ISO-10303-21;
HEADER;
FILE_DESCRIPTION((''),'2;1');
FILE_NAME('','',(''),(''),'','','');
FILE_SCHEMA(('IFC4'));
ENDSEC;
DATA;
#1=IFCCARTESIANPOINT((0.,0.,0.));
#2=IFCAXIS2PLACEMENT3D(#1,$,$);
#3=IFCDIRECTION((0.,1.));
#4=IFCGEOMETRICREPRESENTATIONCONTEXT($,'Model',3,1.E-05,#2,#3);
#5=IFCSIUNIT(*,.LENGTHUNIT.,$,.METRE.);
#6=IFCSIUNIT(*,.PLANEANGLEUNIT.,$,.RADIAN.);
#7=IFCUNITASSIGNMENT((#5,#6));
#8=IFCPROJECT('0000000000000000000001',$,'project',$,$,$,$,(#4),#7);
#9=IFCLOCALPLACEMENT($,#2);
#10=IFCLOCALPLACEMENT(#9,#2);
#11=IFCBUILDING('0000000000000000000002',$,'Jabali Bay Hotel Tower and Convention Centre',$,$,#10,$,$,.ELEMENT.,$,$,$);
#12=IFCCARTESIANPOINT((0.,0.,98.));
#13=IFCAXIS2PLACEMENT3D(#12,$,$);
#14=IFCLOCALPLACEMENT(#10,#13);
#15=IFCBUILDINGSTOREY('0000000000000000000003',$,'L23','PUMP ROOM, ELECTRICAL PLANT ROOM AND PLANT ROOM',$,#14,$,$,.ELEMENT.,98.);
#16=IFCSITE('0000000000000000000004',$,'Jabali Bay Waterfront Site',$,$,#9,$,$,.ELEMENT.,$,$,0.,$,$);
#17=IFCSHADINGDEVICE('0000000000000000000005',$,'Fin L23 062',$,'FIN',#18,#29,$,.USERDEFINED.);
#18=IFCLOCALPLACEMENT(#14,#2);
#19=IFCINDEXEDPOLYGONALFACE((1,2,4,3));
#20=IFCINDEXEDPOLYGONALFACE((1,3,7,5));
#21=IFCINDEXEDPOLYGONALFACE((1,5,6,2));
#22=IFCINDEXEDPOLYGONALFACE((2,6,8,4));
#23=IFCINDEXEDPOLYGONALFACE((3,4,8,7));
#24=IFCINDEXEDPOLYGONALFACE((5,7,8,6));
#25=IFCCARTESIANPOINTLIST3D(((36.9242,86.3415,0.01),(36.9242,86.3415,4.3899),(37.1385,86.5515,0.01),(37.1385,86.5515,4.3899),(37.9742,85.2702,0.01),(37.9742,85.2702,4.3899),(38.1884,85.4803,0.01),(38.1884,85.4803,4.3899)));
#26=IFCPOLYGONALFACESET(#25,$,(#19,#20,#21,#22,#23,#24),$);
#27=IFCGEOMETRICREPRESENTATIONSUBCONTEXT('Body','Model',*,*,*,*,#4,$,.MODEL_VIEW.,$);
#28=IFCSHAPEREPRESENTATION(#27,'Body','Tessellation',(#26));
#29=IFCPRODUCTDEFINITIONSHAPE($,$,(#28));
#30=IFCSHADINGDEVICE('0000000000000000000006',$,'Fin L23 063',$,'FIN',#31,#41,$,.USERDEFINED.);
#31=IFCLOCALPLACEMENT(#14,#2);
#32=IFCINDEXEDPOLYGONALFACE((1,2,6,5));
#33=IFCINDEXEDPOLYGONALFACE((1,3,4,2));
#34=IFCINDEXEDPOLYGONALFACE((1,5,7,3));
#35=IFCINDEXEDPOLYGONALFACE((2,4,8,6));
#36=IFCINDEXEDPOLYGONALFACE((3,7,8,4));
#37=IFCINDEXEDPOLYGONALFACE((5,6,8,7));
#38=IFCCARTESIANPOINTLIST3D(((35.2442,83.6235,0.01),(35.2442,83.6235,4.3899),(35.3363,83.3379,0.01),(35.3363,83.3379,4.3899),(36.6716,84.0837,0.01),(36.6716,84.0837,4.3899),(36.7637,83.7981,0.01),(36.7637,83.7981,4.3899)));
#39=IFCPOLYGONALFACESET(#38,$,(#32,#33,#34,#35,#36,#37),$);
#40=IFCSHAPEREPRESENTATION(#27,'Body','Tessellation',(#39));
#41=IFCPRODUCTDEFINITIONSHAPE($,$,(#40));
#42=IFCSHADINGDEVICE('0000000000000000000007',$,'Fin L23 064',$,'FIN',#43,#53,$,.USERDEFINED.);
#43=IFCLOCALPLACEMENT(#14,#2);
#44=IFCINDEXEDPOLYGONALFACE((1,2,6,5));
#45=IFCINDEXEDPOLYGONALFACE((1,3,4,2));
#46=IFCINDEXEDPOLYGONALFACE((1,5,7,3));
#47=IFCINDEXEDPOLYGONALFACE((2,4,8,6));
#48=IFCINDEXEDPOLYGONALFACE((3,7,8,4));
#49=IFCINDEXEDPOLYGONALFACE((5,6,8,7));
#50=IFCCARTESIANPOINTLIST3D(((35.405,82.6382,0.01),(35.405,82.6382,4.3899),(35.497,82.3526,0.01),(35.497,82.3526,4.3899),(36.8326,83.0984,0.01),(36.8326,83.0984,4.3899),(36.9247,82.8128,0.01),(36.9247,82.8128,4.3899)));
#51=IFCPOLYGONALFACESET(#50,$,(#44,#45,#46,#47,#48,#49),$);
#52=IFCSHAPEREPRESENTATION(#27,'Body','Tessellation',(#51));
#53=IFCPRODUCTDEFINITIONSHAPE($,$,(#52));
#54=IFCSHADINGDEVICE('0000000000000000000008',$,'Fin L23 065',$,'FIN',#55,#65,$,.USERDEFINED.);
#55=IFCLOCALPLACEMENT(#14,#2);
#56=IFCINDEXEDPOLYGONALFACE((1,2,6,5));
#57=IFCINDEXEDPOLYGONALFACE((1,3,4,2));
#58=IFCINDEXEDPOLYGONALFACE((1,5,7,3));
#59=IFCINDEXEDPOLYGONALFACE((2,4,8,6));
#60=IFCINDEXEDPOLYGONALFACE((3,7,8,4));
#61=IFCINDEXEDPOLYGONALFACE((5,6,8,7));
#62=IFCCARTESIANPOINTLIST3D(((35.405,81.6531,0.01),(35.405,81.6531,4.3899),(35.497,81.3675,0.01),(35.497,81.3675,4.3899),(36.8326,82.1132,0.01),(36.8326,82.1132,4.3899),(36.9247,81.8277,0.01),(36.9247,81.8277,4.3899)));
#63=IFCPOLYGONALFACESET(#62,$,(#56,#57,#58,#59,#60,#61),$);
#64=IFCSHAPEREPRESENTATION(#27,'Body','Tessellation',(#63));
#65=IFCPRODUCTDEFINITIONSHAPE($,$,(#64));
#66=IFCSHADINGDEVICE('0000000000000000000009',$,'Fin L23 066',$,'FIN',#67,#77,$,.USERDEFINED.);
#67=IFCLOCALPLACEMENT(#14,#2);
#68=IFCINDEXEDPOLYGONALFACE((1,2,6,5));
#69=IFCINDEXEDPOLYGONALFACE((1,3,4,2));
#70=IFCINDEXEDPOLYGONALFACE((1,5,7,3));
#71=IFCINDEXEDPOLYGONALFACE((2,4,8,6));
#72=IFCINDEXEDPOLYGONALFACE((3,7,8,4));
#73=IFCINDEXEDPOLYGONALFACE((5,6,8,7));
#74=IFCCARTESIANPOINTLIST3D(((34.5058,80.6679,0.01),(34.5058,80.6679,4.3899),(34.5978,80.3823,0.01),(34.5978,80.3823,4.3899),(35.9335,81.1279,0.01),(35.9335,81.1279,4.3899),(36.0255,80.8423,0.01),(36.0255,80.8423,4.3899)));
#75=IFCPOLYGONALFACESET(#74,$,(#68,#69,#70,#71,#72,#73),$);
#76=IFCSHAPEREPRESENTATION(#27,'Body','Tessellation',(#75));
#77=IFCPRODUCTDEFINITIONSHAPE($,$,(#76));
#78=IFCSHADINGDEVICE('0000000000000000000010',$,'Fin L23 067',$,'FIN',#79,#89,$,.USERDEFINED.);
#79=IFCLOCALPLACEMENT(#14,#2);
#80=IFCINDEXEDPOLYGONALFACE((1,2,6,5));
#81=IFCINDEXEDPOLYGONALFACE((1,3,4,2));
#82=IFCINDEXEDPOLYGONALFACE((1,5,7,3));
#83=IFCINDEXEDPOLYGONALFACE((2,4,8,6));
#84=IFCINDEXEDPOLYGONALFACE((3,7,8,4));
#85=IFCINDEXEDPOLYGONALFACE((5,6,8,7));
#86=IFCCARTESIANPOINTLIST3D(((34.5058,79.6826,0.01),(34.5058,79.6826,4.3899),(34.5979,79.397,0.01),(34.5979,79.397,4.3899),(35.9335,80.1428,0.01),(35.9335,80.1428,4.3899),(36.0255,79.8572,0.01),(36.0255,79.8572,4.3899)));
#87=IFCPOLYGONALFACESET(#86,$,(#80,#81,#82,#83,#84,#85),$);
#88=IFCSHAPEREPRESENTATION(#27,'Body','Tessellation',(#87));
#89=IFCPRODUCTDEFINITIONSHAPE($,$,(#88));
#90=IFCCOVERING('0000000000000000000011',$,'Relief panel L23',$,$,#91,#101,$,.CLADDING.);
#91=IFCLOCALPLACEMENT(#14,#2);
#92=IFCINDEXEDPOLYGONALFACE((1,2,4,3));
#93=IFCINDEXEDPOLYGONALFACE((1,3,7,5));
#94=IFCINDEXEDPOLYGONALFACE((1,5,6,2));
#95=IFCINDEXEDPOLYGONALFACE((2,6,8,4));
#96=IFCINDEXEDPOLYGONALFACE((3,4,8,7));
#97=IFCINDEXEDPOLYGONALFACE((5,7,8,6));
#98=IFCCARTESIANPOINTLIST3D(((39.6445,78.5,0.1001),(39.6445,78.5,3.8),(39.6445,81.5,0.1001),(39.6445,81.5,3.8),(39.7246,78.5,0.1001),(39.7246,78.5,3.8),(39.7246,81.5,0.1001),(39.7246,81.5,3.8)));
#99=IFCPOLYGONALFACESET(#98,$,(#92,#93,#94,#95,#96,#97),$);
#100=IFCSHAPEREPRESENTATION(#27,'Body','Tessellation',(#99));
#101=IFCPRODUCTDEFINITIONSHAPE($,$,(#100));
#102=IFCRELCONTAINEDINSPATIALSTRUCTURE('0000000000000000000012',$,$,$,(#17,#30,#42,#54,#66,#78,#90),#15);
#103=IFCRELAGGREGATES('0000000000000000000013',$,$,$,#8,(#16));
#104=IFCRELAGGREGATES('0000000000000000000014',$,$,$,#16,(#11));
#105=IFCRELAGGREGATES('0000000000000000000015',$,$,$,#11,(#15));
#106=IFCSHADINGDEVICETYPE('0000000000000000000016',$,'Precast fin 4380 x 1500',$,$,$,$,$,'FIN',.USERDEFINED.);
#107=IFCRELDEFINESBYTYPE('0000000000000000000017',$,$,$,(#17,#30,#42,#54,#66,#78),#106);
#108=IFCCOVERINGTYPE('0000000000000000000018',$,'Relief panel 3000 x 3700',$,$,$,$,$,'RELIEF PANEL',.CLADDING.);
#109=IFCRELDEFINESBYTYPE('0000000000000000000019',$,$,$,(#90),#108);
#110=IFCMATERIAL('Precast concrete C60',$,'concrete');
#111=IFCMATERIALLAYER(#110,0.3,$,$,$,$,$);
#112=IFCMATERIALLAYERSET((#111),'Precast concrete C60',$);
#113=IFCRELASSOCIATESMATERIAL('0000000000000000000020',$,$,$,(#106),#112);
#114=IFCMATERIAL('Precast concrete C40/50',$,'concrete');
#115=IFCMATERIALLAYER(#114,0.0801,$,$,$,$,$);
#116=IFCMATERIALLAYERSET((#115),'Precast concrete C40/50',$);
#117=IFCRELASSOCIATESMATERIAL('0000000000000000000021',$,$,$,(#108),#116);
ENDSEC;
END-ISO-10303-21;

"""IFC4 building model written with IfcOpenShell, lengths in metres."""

from ifc_helpers import new_model, si_unit, direction, frame, frame_2d, origin, origin_2d, place, context, subcontext, project, spatial, rectangle, extrude, material, layer, layer_set, type_object, element, save


model = new_model("IFC4")

# Units and contexts
model_context = context("Model", 3, precision=1e-05, world=origin(), true_north=direction((0.0, 1.0)))
body_context = subcontext(model_context, "Body", "Model", "MODEL_VIEW")
ifc_project = project(units=[si_unit("LENGTHUNIT", "METRE"), si_unit("PLANEANGLEUNIT", "RADIAN")], contexts=[model_context])

# Site, building, storey
site_placement = place(None, origin())
site = spatial("IfcSite", under=ifc_project, at=site_placement, Name="Jabali Bay Waterfront Site", CompositionType="ELEMENT", RefElevation=0.0)
building_placement = place(site_placement, origin())
building = spatial("IfcBuilding", under=site, at=building_placement, Name="Jabali Bay Hotel Tower and Convention Centre", CompositionType="ELEMENT")
storey_placement = place(building_placement, frame((0.0, 0.0, 98.0)))
storey = spatial("IfcBuildingStorey", under=building, at=storey_placement, Name="L23", Description="PUMP ROOM, ELECTRICAL PLANT ROOM AND PLANT ROOM", CompositionType="ELEMENT", Elevation=98.0)

# Shading devices
ifc_material_1 = material(Name="Precast concrete C60", Category="concrete")
ifc_layer_1 = layer(ifc_material_1, 0.3)
ifc_layer_set_1 = layer_set([ifc_layer_1], Name="Precast concrete C60")
shading_device_type_1 = type_object("IfcShadingDeviceType", Name="Precast fin 4380 x 1500", ElementType="FIN", PredefinedType="USERDEFINED", material=ifc_layer_set_1)
shading_device_1_placement = place(storey_placement, frame((38.0813, 85.3752, 0.01), z_axis=(0.0, 0.0, 1.0), x_axis=(-0.699992, 0.714151, 0.0)))
element("IfcShadingDevice", 1, at=shading_device_1_placement, inside=storey, type_object=shading_device_type_1, Name="Fin L23 062", ObjectType="FIN", PredefinedType="USERDEFINED", context=body_context, shape_type="SweptSolid", body=[
    extrude(rectangle(XDim=1.5, YDim=0.3, at=frame_2d((0.75, 0.0))), origin(), (0.0, 0.0, 1.0), 4.3799),
])
shading_device_2_placement = place(storey_placement, frame((36.7178, 83.9409, 0.01), z_axis=(0.0, 0.0, 1.0), x_axis=(-0.951762, -0.306836, 0.0)))
element("IfcShadingDevice", 2, at=shading_device_2_placement, inside=storey, type_object=shading_device_type_1, Name="Fin L23 063", ObjectType="FIN", PredefinedType="USERDEFINED", context=body_context, shape_type="SweptSolid", body=[
    extrude(rectangle(XDim=1.4998, YDim=0.3, at=frame_2d((0.75, 0.0))), origin(), (0.0, 0.0, 1.0), 4.3799),
])
for number, where, z_axis, x_axis, name in (
    (3, (36.8787, 82.9556, 0.01), (0.0, 0.0, 1.0), (-0.951778, -0.306789, 0.0), "Fin L23 064"),
    (4, (36.8787, 81.9705, 0.01), (0.0, 0.0, 1.0), (-0.951778, -0.306789, 0.0), "Fin L23 065"),
    (5, (35.9795, 80.9851, 0.01), (0.0, 0.0, 1.0), (-0.951825, -0.306641, 0.0), "Fin L23 066"),
    (6, (35.9795, 80.0, 0.01), (0.0, 0.0, 1.0), (-0.951778, -0.306789, 0.0), "Fin L23 067"),
):
    element("IfcShadingDevice", number, at=place(storey_placement, frame(where, z_axis=z_axis, x_axis=x_axis)), inside=storey, type_object=shading_device_type_1, Name=name, ObjectType="FIN", PredefinedType="USERDEFINED", context=body_context, shape_type="SweptSolid", body=[
        extrude(rectangle(XDim=1.5, YDim=0.3, at=frame_2d((0.75, 0.0))), origin(), (0.0, 0.0, 1.0), 4.3799),
    ])

# Covering
ifc_material_2 = material(Name="Precast concrete C40/50", Category="concrete")
ifc_layer_2 = layer(ifc_material_2, 0.0801)
ifc_layer_set_2 = layer_set([ifc_layer_2], Name="Precast concrete C40/50")
covering_type = type_object("IfcCoveringType", Name="Relief panel 3000 x 3700", ElementType="RELIEF PANEL", PredefinedType="CLADDING", material=ifc_layer_set_2)
covering_placement = place(storey_placement, frame((39.6846, 80.0, 0.1001), z_axis=(0.0, 0.0, 1.0), x_axis=(0.0, 1.0, 0.0)))
element("IfcCovering", 7, at=covering_placement, inside=storey, type_object=covering_type, Name="Relief panel L23", PredefinedType="CLADDING", context=body_context, shape_type="SweptSolid", body=[
    extrude(rectangle(XDim=3.0, YDim=0.0801, at=origin_2d()), origin(), (0.0, 0.0, 1.0), 3.7),
])

save(model, "model.ifc")
